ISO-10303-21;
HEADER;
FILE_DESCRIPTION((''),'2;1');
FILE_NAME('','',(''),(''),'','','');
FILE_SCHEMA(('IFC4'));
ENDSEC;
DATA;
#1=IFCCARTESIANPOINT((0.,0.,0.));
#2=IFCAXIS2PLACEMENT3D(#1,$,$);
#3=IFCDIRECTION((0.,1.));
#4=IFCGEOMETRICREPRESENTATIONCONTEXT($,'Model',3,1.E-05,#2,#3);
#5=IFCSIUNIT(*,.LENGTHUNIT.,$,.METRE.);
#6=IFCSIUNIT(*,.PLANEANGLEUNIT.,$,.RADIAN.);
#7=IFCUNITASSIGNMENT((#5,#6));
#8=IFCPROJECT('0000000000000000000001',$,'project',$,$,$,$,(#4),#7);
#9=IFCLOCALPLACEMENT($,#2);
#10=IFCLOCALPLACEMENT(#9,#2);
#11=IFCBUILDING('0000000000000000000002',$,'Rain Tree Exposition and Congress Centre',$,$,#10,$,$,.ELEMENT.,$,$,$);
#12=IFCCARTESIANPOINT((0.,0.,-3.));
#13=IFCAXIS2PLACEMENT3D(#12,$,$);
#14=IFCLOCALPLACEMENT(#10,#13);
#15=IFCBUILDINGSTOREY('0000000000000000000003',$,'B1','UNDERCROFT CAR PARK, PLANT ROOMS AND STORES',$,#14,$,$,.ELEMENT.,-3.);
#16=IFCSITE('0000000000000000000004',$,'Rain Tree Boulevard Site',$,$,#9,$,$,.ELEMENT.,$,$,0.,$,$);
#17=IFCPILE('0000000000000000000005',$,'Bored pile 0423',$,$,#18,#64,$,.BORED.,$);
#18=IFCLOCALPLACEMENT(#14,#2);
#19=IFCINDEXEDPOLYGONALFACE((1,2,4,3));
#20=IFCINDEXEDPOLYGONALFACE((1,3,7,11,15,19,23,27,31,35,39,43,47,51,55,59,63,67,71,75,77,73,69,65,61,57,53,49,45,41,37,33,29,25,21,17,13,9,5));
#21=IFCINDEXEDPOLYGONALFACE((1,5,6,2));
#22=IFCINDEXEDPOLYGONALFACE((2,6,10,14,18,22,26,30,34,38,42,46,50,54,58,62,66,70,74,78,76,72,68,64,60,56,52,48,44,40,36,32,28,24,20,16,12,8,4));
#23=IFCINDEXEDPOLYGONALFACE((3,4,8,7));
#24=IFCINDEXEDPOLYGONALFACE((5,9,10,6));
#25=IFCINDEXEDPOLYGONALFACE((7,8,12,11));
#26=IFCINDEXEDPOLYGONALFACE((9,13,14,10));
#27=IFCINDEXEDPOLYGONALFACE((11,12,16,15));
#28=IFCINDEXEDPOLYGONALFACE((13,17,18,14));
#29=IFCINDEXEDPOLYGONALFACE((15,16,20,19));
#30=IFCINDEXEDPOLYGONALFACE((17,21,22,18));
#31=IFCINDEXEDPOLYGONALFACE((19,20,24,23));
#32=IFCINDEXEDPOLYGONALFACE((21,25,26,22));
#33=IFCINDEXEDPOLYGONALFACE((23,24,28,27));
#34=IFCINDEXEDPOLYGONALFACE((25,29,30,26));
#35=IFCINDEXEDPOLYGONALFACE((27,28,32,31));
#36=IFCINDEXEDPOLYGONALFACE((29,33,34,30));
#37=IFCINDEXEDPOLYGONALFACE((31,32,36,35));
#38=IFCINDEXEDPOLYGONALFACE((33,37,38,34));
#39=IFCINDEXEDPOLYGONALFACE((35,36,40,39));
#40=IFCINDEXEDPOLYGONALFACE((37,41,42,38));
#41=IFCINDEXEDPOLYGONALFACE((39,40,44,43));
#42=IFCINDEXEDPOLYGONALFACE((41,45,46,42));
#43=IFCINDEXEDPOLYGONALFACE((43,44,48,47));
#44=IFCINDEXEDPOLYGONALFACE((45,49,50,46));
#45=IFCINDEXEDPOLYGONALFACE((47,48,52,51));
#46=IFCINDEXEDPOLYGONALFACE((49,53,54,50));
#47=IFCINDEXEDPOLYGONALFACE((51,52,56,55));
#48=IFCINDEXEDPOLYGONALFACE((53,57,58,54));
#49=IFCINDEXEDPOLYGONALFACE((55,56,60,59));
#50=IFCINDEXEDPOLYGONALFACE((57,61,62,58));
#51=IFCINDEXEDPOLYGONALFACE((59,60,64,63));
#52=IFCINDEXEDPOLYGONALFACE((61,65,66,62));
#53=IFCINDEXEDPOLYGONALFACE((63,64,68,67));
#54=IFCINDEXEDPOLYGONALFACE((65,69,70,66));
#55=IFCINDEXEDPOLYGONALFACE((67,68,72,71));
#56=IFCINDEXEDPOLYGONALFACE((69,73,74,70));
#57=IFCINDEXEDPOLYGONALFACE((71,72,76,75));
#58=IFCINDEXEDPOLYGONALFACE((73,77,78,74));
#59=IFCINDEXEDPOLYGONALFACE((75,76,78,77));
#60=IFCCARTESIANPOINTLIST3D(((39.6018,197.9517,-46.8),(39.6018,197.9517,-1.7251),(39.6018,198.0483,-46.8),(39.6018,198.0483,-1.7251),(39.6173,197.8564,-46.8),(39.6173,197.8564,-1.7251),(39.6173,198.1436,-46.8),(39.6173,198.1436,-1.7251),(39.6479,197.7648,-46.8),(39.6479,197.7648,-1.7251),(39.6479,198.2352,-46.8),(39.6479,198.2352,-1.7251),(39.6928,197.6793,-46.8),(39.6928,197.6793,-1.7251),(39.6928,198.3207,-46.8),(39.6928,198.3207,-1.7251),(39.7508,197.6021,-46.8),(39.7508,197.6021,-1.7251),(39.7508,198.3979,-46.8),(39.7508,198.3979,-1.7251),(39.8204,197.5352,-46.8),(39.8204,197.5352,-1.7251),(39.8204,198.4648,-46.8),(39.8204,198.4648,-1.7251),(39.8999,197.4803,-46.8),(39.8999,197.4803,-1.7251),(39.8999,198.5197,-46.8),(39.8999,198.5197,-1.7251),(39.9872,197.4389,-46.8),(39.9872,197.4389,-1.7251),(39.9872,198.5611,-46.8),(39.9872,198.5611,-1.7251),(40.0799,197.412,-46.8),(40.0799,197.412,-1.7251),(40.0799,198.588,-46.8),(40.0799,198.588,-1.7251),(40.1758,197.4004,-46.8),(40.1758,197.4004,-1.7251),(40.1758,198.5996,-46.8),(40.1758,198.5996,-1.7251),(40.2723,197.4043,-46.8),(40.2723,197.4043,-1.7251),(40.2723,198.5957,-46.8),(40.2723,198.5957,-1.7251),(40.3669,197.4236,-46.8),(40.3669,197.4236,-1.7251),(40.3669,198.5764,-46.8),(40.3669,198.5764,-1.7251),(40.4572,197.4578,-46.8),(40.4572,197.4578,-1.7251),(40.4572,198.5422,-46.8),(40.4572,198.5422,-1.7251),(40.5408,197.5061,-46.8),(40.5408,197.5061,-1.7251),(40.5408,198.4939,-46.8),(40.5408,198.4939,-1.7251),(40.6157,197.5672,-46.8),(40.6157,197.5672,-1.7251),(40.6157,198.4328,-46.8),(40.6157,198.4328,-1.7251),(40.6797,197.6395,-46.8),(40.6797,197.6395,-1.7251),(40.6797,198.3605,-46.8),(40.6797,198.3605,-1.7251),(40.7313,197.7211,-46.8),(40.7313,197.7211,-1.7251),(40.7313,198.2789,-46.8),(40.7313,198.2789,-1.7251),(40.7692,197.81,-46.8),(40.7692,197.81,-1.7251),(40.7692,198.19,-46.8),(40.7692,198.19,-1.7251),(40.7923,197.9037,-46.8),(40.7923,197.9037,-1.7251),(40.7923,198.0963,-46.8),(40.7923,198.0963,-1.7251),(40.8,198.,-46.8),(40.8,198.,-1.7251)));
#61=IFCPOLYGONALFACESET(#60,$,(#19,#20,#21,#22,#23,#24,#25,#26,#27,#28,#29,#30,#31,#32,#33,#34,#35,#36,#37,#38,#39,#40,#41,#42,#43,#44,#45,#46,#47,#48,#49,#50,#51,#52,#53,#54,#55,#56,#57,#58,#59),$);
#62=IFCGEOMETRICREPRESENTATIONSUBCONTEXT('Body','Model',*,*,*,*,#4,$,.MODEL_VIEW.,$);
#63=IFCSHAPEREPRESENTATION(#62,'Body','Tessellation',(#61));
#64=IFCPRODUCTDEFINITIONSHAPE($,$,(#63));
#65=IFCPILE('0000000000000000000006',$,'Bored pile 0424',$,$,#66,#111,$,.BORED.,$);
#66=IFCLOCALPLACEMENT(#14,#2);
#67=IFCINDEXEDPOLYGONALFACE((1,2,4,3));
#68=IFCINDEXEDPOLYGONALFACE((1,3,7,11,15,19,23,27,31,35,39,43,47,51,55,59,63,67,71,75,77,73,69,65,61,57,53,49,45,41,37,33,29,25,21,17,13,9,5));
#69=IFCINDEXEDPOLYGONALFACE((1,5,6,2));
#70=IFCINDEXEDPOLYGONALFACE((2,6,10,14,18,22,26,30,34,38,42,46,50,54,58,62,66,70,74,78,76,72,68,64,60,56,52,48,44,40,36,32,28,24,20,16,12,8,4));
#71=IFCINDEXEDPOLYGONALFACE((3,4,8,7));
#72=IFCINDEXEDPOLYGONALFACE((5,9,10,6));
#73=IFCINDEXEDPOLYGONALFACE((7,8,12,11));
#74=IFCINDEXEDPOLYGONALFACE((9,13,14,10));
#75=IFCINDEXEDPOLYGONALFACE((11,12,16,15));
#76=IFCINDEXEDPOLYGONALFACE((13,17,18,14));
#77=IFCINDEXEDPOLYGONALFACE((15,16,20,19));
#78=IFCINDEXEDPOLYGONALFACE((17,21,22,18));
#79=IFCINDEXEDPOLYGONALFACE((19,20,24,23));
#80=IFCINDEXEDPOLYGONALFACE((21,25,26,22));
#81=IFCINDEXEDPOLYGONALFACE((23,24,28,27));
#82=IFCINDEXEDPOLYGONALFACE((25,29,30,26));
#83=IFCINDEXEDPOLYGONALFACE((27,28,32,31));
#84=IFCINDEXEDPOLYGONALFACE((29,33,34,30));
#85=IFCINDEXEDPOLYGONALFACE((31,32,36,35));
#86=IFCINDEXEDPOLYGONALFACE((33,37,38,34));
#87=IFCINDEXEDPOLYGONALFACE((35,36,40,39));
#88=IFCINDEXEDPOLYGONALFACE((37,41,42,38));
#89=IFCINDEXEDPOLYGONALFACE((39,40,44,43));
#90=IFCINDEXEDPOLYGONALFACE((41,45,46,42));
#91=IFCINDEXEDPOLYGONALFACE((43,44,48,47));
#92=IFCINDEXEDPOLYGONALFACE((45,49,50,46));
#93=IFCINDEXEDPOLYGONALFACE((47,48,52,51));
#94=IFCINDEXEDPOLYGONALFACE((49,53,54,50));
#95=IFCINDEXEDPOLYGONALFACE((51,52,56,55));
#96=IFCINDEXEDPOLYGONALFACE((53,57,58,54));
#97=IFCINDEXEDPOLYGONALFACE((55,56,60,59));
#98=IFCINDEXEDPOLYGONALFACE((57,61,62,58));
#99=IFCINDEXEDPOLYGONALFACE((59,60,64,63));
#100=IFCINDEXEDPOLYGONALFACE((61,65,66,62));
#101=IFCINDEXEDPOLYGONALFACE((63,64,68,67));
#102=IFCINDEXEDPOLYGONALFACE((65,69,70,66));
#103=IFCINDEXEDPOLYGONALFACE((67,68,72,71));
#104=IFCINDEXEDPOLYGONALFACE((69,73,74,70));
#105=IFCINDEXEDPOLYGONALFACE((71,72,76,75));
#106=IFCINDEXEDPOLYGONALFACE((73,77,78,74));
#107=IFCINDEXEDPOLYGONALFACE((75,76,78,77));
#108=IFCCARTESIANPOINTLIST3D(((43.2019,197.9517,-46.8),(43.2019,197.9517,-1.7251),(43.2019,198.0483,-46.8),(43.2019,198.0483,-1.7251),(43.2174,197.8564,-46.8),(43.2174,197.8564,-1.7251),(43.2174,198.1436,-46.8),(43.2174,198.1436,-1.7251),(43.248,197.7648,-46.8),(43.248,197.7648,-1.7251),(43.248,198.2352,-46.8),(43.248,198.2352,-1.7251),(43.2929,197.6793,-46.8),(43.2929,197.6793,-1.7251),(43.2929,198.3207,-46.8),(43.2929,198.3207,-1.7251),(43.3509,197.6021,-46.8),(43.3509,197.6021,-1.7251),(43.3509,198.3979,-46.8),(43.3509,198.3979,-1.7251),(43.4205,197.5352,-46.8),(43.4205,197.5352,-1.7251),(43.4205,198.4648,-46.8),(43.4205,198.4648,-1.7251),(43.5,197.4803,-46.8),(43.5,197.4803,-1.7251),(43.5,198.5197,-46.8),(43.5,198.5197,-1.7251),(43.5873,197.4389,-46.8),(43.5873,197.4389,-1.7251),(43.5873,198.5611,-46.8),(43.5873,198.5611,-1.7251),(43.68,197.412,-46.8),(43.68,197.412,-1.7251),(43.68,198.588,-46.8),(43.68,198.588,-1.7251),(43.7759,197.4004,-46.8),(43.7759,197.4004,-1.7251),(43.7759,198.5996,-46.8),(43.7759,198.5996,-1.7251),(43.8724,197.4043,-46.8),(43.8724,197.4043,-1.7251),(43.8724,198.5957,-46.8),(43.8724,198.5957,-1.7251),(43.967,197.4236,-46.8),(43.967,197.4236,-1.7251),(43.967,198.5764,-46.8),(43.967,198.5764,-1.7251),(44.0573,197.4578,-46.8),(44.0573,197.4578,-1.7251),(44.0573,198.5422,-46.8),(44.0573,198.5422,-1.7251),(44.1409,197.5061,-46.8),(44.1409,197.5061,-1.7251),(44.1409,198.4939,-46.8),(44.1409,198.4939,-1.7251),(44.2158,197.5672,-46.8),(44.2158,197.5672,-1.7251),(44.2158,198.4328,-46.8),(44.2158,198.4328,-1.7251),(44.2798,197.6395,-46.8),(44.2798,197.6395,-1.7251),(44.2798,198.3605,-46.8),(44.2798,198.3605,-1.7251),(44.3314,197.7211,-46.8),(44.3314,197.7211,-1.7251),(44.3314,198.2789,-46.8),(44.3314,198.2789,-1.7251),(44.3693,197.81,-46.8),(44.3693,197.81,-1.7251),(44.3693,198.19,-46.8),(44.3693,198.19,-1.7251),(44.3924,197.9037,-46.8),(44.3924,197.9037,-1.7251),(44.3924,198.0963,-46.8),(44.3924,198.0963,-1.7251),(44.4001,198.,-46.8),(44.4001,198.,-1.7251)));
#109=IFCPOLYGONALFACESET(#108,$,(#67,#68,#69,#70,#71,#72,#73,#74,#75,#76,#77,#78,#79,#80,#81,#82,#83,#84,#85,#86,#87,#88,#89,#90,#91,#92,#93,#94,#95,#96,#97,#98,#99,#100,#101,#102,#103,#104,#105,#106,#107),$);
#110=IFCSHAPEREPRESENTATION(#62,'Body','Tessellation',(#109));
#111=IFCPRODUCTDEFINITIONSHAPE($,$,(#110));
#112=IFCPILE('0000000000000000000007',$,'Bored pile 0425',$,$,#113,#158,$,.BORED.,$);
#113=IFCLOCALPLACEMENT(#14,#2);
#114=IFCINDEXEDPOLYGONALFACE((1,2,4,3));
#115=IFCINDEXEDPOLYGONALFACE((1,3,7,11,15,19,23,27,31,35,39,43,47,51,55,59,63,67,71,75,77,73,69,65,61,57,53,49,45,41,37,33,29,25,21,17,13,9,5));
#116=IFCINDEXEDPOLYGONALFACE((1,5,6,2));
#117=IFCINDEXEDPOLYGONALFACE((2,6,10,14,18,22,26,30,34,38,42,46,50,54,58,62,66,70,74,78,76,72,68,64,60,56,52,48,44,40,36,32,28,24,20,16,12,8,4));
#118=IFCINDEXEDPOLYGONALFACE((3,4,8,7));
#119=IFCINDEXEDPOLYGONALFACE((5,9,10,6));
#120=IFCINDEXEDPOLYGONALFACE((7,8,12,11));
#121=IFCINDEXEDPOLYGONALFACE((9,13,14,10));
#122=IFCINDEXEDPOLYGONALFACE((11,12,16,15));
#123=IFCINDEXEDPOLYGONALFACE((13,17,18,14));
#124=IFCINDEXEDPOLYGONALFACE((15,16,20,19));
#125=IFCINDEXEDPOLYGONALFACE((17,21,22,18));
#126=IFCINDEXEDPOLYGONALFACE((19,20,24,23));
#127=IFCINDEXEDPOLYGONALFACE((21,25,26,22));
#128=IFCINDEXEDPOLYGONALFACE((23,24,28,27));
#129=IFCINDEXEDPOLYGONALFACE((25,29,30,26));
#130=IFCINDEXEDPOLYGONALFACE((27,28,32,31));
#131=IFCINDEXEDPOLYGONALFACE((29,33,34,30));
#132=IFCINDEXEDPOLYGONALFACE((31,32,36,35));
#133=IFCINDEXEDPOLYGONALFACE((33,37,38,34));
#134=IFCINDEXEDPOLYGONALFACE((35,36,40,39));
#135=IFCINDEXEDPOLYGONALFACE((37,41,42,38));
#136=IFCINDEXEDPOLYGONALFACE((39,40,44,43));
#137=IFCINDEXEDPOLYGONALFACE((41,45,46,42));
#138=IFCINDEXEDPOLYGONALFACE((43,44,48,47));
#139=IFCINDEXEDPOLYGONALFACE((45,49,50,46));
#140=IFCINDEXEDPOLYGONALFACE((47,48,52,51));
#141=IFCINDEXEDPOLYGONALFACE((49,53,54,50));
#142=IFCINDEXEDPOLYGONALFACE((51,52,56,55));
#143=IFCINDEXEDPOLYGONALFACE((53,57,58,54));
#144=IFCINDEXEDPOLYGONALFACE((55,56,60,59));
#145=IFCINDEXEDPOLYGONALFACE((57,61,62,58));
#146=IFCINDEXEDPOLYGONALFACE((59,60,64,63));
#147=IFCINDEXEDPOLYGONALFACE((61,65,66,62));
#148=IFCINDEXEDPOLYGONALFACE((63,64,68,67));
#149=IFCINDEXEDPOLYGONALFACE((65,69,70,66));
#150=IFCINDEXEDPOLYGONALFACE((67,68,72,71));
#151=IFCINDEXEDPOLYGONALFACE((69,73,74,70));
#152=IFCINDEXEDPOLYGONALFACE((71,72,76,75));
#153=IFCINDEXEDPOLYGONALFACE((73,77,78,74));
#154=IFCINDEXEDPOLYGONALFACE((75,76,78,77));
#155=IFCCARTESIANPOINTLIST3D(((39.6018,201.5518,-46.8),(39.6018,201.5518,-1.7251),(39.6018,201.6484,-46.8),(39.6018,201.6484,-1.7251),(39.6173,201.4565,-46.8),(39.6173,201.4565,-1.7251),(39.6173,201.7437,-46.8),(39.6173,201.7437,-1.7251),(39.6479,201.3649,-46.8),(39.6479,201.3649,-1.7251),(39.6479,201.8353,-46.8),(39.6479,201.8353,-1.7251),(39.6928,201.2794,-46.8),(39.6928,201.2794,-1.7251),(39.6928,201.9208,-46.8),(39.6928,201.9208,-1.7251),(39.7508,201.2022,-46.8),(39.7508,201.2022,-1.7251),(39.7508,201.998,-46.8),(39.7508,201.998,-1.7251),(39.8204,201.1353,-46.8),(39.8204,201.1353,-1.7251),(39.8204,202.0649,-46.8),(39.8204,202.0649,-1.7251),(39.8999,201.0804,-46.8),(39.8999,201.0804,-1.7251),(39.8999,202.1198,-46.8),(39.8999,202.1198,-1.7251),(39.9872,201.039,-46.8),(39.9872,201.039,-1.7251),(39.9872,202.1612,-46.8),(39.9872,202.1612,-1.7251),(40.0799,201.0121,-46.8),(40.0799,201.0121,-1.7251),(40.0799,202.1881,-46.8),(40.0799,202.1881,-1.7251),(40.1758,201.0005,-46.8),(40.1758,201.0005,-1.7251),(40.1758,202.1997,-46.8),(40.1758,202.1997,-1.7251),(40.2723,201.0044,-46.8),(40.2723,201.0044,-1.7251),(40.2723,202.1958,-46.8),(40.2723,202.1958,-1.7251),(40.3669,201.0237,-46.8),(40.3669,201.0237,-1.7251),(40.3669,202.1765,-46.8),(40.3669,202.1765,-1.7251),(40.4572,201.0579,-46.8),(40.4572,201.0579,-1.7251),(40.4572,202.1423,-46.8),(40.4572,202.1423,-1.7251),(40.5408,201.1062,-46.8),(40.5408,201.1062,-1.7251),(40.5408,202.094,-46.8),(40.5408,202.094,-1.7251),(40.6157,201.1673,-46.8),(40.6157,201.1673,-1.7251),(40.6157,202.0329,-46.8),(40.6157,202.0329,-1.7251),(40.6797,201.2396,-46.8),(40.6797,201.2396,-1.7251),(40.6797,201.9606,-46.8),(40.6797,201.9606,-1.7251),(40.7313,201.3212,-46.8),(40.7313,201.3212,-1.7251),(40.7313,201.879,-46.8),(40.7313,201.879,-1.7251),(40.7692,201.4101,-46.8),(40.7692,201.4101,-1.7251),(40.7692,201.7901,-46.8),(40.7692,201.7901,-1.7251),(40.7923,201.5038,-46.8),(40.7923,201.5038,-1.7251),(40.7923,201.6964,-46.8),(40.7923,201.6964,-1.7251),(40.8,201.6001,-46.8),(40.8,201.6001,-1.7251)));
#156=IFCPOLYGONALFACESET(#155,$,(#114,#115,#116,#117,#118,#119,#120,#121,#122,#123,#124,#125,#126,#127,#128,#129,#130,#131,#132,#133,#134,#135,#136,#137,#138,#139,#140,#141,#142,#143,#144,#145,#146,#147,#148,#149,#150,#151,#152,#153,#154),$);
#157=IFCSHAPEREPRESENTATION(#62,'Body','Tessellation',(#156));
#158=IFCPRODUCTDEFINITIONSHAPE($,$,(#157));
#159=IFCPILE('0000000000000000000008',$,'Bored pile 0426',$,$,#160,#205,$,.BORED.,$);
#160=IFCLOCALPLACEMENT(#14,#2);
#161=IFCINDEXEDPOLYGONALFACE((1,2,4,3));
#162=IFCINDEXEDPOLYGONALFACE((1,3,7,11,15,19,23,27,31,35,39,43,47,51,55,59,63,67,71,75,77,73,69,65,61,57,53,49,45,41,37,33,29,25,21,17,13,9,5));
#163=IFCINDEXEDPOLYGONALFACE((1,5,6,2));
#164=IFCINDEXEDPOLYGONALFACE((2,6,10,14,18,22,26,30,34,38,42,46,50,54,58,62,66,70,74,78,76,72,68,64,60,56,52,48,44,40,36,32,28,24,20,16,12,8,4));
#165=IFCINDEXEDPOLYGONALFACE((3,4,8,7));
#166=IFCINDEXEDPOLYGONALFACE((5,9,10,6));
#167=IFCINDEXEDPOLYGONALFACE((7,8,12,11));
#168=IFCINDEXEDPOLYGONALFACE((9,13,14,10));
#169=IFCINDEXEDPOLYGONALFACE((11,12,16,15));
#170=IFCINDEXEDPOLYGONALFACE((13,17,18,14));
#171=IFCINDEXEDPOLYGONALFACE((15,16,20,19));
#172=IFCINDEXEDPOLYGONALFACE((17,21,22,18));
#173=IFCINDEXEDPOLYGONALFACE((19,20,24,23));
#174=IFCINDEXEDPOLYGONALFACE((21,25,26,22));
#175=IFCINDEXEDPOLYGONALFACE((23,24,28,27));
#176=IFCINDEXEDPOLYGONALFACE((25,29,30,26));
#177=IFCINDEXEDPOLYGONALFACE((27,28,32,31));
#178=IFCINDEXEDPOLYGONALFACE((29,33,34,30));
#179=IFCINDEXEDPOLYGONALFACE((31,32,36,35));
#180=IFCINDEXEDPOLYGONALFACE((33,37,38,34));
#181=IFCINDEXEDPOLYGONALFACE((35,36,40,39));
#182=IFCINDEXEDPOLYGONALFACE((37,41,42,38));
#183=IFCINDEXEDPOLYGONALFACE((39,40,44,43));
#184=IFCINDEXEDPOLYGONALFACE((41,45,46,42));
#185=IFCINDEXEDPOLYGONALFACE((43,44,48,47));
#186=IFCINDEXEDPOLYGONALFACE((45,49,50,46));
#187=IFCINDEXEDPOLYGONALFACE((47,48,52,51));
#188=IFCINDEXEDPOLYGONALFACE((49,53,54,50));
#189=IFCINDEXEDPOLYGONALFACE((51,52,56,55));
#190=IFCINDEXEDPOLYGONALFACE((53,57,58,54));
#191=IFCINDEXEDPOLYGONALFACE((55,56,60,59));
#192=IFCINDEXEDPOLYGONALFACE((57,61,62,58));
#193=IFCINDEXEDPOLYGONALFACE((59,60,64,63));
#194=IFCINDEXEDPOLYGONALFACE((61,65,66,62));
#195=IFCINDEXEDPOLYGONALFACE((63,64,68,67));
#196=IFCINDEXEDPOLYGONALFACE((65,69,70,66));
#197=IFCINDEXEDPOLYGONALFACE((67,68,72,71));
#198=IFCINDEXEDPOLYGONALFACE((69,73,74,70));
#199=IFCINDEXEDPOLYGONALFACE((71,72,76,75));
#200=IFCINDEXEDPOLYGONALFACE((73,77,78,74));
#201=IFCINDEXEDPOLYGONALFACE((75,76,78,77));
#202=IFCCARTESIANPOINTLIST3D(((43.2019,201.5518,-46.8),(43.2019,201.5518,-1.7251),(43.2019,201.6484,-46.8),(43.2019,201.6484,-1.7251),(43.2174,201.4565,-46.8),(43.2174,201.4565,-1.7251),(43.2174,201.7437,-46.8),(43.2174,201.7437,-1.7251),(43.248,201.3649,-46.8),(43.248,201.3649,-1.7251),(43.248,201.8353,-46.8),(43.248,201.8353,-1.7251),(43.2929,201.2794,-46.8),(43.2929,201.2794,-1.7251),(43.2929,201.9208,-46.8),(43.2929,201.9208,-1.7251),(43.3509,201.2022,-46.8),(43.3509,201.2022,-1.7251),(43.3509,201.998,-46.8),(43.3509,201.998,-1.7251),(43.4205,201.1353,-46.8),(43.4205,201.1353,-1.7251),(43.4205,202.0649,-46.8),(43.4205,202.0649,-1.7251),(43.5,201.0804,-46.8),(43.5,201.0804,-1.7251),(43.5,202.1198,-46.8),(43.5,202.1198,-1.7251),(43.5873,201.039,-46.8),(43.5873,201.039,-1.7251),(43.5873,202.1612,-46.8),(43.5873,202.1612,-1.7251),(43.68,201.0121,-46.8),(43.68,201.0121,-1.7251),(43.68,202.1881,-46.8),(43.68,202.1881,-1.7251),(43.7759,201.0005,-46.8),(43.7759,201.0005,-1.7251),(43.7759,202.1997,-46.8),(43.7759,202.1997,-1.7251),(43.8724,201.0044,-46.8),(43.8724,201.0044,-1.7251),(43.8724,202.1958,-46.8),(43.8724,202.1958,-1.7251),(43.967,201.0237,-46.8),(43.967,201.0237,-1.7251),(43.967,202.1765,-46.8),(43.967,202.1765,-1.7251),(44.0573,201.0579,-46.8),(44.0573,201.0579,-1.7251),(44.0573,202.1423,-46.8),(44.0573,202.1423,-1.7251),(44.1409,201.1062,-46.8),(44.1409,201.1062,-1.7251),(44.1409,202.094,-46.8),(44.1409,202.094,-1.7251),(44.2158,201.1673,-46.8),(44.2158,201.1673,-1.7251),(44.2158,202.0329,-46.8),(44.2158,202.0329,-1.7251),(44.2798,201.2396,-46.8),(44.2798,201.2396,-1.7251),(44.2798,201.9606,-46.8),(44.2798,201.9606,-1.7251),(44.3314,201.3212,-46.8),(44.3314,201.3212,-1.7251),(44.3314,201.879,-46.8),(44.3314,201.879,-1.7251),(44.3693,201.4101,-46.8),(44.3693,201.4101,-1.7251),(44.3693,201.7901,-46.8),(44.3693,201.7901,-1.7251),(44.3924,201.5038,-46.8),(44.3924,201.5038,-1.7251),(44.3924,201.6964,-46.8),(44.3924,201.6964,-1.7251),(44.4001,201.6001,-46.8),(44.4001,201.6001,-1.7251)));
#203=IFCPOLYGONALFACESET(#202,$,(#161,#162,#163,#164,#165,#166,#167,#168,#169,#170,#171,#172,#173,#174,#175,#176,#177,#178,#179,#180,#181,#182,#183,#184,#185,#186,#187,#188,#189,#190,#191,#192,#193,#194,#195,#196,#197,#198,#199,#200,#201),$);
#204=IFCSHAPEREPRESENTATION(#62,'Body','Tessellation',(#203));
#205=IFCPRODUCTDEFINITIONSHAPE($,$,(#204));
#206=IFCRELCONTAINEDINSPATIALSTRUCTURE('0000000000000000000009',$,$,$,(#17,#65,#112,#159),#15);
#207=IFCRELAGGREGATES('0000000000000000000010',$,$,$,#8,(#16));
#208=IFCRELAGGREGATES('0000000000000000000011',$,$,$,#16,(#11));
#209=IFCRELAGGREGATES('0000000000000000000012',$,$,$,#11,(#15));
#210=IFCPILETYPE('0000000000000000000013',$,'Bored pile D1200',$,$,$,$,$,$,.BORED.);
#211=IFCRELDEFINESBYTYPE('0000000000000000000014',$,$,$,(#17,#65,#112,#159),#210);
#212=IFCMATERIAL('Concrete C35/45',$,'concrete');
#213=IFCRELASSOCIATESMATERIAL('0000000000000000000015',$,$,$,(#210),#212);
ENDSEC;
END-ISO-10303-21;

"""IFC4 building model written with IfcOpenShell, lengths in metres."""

from ifc_helpers import new_model, si_unit, direction, frame, origin, origin_2d, place, context, subcontext, project, spatial, circle, extrude, material, material_profile, profile_set, type_object, element, save


model = new_model("IFC4")

# Units and contexts
model_context = context("Model", 3, precision=1e-05, world=origin(), true_north=direction((0.0, 1.0)))
body_context = subcontext(model_context, "Body", "Model", "MODEL_VIEW")
ifc_project = project(units=[si_unit("LENGTHUNIT", "METRE"), si_unit("PLANEANGLEUNIT", "RADIAN")], contexts=[model_context])

# Site, building, storey
site_placement = place(None, origin())
site = spatial("IfcSite", under=ifc_project, at=site_placement, Name="Rain Tree Boulevard Site", CompositionType="ELEMENT", RefElevation=0.0)
building_placement = place(site_placement, origin())
building = spatial("IfcBuilding", under=site, at=building_placement, Name="Rain Tree Exposition and Congress Centre", CompositionType="ELEMENT")
storey_placement = place(building_placement, frame((0.0, 0.0, -3.0)))
storey = spatial("IfcBuildingStorey", under=building, at=storey_placement, Name="B1", Description="UNDERCROFT CAR PARK, PLANT ROOMS AND STORES", CompositionType="ELEMENT", Elevation=-3.0)

# Piles
ifc_material_1 = material(Name="Concrete C35/45", Category="concrete")
ifc_material_profile_1 = material_profile(ifc_material_1, circle(Radius=0.6001, at=origin_2d()), Name="D1200")
ifc_profile_set_1 = profile_set([ifc_material_profile_1], Name="Concrete C35/45")
pile_type_1 = type_object("IfcPileType", Name="Bored pile D1200", PredefinedType="BORED", material=ifc_profile_set_1)
for number, where, z_axis, x_axis, name in (
    (1, (40.2, 198.0, -1.7251), (0.0, 0.0, -1.0), (1.0, 0.0, 0.0), "Bored pile 0423"),
    (2, (43.8, 198.0, -1.7251), (0.0, 0.0, -1.0), (1.0, 0.0, 0.0), "Bored pile 0424"),
    (3, (40.2, 201.6001, -1.7251), (0.0, 0.0, -1.0), (1.0, 0.0, 0.0), "Bored pile 0425"),
    (4, (43.8, 201.6001, -1.7251), (0.0, 0.0, -1.0), (1.0, 0.0, 0.0), "Bored pile 0426"),
):
    element("IfcPile", number, at=place(storey_placement, frame(where, z_axis=z_axis, x_axis=x_axis)), inside=storey, type_object=pile_type_1, Name=name, PredefinedType="BORED", context=body_context, shape_type="SweptSolid", body=[
        extrude(circle(Radius=0.6001, at=origin_2d()), origin(), (0.0, 0.0, 1.0), 45.075),
    ])

save(model, "model.ifc")
